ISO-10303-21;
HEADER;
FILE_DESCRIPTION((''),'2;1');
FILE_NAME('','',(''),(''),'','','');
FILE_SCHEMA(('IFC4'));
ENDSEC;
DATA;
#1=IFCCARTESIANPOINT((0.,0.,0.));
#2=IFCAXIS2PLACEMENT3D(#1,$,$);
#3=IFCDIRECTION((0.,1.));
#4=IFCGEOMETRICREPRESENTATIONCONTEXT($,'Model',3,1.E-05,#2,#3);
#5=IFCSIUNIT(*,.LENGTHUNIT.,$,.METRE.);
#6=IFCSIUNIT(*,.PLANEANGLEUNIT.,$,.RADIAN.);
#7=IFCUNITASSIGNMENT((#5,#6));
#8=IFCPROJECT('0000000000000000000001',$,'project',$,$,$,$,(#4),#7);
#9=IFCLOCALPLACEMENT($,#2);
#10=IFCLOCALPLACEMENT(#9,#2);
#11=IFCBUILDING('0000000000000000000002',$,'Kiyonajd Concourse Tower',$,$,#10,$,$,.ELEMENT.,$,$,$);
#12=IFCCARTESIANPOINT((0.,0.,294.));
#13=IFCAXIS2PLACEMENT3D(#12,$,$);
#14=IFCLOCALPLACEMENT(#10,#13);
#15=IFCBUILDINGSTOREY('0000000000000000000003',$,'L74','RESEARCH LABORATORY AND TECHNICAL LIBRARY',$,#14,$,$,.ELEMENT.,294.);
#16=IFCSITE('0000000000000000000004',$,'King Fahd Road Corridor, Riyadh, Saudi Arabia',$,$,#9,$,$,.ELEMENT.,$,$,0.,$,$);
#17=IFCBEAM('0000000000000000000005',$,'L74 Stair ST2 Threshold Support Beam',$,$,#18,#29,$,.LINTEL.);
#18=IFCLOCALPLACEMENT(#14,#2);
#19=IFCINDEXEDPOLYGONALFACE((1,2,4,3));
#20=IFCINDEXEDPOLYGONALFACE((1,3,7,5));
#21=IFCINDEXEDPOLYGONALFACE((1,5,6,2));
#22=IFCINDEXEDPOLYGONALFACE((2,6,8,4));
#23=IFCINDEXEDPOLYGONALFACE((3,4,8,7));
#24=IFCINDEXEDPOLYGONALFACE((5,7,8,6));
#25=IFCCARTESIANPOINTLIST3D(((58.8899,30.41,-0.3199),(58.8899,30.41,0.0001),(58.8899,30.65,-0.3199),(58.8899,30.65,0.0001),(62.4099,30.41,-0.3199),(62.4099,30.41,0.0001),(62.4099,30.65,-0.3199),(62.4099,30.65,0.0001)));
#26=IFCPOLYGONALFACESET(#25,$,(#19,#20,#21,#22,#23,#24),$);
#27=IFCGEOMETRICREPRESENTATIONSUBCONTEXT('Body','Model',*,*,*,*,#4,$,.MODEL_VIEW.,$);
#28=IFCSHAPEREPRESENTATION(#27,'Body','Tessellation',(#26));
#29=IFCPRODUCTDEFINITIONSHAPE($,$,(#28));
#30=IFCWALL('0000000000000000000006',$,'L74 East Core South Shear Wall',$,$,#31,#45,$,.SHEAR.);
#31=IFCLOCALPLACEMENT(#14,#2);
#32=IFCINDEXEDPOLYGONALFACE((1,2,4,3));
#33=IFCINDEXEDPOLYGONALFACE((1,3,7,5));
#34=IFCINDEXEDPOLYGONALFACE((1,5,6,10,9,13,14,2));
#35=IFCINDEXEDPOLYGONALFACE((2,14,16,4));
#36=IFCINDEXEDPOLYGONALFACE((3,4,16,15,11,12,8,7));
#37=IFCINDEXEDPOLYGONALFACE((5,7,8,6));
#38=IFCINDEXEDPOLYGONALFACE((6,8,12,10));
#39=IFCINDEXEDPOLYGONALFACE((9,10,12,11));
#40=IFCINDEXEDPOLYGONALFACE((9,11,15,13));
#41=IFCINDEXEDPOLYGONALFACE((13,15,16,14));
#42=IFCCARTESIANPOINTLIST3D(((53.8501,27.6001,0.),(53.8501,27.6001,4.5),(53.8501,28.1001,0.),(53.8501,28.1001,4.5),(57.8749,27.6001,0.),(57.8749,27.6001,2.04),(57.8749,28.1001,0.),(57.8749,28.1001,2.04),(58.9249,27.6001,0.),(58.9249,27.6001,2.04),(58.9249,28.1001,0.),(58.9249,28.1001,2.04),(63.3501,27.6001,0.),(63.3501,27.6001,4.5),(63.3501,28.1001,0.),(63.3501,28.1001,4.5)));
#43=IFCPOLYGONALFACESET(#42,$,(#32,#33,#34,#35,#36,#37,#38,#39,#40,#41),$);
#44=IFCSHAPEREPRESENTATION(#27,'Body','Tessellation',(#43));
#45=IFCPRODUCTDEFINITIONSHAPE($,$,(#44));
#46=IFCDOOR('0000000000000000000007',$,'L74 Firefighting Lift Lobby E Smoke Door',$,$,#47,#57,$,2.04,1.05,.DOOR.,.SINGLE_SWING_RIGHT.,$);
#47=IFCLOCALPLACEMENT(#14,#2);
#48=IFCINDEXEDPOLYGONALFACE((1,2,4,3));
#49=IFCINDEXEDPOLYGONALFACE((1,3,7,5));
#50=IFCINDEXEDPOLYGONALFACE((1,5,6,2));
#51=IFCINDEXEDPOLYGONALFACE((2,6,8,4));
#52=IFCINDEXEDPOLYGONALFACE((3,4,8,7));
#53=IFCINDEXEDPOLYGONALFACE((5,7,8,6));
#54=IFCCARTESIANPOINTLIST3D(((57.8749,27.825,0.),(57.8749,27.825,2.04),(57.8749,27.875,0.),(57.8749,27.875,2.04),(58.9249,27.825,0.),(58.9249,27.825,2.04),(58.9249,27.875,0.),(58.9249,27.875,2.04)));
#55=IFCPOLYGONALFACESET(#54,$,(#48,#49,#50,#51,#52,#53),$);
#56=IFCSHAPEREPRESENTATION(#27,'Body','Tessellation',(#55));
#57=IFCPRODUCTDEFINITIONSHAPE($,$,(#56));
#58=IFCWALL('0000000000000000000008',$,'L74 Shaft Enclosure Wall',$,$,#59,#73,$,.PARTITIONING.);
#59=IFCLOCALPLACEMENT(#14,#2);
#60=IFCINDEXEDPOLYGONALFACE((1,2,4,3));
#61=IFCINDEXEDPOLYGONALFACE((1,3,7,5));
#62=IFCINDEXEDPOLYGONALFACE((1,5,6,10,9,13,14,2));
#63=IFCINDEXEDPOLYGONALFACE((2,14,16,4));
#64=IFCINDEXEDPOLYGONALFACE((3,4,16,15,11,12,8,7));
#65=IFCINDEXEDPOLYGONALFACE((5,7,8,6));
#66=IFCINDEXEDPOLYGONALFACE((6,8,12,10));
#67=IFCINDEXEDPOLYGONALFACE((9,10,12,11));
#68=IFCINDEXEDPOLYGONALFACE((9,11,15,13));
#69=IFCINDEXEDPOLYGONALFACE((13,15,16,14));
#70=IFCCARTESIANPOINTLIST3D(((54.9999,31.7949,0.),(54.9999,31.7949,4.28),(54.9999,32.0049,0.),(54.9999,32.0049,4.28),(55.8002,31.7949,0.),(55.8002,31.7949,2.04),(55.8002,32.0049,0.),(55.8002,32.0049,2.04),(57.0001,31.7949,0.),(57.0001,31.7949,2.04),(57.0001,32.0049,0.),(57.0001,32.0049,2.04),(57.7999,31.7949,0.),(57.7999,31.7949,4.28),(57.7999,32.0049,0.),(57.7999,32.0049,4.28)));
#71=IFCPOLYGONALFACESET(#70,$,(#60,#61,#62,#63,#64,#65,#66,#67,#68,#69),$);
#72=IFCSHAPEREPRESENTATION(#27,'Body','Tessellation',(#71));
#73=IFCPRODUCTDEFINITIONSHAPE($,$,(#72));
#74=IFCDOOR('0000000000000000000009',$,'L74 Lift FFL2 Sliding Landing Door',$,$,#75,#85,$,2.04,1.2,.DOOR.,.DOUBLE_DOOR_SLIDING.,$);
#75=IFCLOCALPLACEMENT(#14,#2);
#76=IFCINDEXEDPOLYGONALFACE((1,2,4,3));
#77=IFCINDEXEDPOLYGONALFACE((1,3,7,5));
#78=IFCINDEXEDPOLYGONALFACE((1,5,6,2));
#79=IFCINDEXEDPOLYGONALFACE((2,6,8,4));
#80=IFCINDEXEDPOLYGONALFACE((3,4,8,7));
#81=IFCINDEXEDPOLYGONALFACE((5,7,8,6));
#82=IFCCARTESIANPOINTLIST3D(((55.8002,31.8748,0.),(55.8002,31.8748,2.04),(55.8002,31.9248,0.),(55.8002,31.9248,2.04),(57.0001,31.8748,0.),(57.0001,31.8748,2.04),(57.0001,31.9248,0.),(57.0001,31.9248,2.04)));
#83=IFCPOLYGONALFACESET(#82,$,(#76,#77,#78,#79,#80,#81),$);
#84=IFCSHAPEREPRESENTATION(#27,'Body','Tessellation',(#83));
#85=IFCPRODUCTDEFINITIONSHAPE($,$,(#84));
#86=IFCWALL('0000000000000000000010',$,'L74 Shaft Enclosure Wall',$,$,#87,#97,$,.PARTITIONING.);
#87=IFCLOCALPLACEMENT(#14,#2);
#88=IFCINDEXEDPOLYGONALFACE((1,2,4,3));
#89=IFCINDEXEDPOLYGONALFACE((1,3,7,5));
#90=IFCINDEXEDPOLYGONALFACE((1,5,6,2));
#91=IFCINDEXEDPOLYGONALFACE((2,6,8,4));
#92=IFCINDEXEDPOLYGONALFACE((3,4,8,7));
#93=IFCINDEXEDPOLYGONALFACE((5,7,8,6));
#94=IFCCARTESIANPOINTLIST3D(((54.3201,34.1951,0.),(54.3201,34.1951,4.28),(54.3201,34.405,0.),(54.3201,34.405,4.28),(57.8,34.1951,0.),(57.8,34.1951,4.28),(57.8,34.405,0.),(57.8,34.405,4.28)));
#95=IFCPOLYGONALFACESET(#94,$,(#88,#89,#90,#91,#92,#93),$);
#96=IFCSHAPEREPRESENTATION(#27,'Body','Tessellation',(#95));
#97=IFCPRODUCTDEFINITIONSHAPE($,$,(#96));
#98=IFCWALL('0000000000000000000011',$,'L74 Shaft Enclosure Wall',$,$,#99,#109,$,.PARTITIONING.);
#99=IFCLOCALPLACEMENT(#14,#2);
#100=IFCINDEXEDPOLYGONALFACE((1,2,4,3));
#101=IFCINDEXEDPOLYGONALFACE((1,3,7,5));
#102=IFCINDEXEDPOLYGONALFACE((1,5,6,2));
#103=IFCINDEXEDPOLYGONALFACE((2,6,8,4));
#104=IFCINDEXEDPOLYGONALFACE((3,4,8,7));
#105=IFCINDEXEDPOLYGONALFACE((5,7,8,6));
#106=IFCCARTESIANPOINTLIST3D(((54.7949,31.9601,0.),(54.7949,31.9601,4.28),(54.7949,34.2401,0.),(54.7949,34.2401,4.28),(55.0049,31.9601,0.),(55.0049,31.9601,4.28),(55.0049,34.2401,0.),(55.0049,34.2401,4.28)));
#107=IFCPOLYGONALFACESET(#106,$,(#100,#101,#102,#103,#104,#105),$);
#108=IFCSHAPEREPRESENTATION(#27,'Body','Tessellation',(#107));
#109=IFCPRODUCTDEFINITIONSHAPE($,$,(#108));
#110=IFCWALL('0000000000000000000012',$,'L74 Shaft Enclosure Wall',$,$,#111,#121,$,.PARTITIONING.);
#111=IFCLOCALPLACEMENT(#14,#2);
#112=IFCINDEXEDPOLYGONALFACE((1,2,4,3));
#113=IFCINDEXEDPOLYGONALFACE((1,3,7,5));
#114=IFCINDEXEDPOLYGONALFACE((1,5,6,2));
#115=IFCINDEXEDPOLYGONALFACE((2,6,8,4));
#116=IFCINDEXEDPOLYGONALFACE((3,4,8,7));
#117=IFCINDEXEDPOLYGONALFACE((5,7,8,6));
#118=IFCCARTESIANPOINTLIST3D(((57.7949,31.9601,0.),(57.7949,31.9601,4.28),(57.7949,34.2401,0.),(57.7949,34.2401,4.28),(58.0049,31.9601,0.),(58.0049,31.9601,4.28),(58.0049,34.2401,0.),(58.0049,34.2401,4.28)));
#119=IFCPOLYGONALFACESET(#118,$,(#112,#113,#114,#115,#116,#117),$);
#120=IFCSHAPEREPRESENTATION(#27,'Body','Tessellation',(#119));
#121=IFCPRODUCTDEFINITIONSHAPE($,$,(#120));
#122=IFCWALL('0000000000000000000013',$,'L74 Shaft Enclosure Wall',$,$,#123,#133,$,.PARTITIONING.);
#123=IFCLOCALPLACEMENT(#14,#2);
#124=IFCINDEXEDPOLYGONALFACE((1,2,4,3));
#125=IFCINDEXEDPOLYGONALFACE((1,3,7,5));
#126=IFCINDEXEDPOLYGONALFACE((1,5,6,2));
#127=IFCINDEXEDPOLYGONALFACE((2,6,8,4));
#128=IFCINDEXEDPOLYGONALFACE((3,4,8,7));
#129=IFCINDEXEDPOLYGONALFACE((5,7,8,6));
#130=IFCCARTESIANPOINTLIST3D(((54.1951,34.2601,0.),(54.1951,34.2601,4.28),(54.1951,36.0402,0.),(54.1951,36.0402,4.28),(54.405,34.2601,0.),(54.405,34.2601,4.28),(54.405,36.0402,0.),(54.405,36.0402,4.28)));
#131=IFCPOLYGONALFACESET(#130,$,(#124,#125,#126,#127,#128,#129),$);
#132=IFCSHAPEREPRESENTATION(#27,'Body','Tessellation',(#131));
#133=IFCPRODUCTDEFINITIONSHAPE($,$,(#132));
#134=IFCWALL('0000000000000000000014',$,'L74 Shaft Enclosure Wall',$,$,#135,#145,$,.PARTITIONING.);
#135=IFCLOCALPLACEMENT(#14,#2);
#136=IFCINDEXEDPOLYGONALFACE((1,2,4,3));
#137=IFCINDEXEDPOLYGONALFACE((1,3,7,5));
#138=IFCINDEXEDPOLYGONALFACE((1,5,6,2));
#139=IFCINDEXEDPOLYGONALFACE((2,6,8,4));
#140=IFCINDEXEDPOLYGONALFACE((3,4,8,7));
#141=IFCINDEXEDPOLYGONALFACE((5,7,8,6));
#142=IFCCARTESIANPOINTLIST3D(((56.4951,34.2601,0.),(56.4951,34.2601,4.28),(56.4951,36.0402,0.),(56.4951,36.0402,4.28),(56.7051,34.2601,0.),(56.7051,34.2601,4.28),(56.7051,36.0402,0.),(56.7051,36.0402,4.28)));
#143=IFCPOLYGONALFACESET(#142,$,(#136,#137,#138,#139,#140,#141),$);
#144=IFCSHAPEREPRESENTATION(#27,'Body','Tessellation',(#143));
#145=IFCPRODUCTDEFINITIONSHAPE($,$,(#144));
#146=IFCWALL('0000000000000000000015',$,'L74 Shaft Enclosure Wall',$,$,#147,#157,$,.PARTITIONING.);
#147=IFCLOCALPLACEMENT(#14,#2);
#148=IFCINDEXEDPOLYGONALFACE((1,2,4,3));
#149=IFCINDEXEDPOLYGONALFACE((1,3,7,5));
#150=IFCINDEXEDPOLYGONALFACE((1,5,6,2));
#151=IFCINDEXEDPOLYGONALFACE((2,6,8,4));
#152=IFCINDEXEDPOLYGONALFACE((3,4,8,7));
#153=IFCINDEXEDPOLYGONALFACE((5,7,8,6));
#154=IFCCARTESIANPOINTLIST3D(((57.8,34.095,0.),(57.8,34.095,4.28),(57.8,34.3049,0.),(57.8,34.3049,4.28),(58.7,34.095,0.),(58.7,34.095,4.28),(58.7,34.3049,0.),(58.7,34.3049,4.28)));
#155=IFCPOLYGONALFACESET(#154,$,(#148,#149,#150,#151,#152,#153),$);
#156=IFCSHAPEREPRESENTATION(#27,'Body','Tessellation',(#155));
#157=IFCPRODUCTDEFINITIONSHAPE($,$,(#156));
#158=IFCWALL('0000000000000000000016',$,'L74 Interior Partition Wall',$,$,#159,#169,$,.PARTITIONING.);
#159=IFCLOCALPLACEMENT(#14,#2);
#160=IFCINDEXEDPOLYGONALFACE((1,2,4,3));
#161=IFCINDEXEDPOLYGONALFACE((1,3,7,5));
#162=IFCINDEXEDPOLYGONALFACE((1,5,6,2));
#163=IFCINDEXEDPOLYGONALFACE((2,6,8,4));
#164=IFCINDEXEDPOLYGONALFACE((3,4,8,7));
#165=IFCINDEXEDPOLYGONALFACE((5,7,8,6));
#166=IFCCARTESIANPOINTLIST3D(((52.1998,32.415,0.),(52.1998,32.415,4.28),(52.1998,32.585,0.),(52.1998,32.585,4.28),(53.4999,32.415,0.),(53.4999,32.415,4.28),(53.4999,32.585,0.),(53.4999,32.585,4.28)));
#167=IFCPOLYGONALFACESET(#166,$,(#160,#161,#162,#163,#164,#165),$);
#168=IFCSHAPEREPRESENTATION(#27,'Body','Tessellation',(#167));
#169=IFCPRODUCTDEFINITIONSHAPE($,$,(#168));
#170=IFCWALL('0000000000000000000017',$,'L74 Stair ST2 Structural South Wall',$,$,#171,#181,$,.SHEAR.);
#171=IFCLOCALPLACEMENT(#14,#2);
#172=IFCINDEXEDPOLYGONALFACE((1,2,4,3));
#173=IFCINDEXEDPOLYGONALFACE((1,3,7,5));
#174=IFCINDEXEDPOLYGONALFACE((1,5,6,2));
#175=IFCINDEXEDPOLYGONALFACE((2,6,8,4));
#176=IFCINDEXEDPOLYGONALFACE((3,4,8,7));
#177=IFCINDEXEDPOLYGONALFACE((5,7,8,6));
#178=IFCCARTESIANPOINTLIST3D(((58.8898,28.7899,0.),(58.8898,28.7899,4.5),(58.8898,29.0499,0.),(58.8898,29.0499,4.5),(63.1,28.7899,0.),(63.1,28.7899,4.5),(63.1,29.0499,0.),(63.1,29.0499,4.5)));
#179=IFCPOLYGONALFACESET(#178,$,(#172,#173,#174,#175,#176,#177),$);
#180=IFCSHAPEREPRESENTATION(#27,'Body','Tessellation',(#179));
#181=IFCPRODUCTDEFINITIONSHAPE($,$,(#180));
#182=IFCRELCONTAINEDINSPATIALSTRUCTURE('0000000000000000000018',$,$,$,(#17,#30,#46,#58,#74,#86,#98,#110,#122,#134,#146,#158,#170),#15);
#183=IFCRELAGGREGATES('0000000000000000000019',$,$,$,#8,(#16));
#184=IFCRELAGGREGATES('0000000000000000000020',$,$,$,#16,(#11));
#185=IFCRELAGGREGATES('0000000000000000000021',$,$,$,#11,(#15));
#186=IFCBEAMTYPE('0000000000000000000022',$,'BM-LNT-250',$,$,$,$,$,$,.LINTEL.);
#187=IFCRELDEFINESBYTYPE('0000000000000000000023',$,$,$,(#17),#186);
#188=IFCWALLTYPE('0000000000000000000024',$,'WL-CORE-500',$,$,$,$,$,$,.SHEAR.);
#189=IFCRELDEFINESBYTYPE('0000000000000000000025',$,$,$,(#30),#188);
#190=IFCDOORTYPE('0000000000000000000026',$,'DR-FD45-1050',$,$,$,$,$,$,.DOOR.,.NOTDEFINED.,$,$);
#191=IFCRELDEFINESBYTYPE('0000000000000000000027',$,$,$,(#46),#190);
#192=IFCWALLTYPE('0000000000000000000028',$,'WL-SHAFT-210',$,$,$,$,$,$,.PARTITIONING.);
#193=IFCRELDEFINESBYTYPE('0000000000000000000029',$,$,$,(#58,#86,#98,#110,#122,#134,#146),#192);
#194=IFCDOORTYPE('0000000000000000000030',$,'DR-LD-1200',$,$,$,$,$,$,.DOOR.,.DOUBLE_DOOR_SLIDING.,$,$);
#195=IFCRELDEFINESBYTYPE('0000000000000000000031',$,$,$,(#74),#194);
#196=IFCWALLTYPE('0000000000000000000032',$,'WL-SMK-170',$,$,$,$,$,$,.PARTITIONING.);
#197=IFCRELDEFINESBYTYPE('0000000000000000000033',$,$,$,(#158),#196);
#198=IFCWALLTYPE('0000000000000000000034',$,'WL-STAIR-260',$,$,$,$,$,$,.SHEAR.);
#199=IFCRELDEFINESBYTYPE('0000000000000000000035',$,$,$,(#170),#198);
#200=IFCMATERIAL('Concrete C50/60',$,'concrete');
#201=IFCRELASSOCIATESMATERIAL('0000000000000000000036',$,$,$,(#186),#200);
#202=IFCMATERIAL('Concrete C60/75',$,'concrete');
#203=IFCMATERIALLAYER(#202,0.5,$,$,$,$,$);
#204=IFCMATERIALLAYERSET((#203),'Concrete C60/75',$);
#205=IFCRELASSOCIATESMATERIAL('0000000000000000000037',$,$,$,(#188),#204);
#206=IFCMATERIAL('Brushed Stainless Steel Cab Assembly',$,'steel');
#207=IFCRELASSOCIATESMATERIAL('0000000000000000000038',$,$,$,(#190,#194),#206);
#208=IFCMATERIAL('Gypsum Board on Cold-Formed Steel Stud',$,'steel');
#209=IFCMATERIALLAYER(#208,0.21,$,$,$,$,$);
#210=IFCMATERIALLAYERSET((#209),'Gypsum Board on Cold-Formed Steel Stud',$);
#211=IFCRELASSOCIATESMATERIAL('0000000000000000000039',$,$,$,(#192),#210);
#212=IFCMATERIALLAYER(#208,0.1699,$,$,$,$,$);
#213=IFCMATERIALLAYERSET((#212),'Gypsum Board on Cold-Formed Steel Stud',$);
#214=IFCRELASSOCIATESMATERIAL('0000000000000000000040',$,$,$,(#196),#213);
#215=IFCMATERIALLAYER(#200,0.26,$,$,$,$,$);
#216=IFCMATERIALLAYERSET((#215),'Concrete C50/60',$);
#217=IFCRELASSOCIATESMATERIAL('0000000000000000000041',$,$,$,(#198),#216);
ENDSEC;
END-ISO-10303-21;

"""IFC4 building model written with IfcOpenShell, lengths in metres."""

from ifc_helpers import new_model, si_unit, direction, frame, frame_2d, origin, origin_2d, place, context, subcontext, project, spatial, rectangle, extrude, material, layer, layer_set, material_profile, profile_set, type_object, element, fill, save


model = new_model("IFC4")

# Units and contexts
model_context = context("Model", 3, precision=1e-05, world=origin(), true_north=direction((0.0, 1.0)))
body_context = subcontext(model_context, "Body", "Model", "MODEL_VIEW")
ifc_project = project(units=[si_unit("LENGTHUNIT", "METRE"), si_unit("PLANEANGLEUNIT", "RADIAN")], contexts=[model_context])

# Site, building, storey
site_placement = place(None, origin())
site = spatial("IfcSite", under=ifc_project, at=site_placement, Name="King Fahd Road Corridor, Riyadh, Saudi Arabia", CompositionType="ELEMENT", RefElevation=0.0)
building_placement = place(site_placement, origin())
building = spatial("IfcBuilding", under=site, at=building_placement, Name="Kiyonajd Concourse Tower", CompositionType="ELEMENT")
storey_placement = place(building_placement, frame((0.0, 0.0, 294.0)))
storey = spatial("IfcBuildingStorey", under=building, at=storey_placement, Name="L74", Description="RESEARCH LABORATORY AND TECHNICAL LIBRARY", CompositionType="ELEMENT", Elevation=294.0)

# Beam
ifc_material_1 = material(Name="Concrete C50/60", Category="concrete")
ifc_material_profile = material_profile(ifc_material_1, rectangle(XDim=0.24, YDim=0.3201, at=origin_2d()), Name="RCBM-240x320")
ifc_profile_set = profile_set([ifc_material_profile], Name="Concrete C50/60")
beam_type = type_object("IfcBeamType", Name="BM-LNT-250", PredefinedType="LINTEL", material=ifc_profile_set)
beam_placement = place(storey_placement, frame((58.8899, 30.53, -0.1599), z_axis=(1.0, 0.0, 0.0), x_axis=(0.0, 1.0, 0.0)))
element("IfcBeam", 1, at=beam_placement, inside=storey, type_object=beam_type, Name="L74 Stair ST2 Threshold Support Beam", PredefinedType="LINTEL", context=body_context, shape_type="SweptSolid", body=[
    extrude(rectangle(XDim=0.24, YDim=0.3201, at=origin_2d()), origin(), (0.0, 0.0, 1.0), 3.52),
])

# Walls, openings, doors
ifc_material_2 = material(Name="Concrete C60/75", Category="concrete")
ifc_layer_1 = layer(ifc_material_2, 0.5)
ifc_layer_set_1 = layer_set([ifc_layer_1], Name="Concrete C60/75")
wall_type_1 = type_object("IfcWallType", Name="WL-CORE-500", PredefinedType="SHEAR", material=ifc_layer_set_1)
wall_1_placement = place(storey_placement, frame((53.8501, 27.8501, 0.0), z_axis=(0.0, 0.0, 1.0), x_axis=(1.0, 0.0, 0.0)))
wall_1 = element("IfcWall", 2, at=wall_1_placement, inside=storey, type_object=wall_type_1, Name="L74 East Core South Shear Wall", PredefinedType="SHEAR", context=body_context, shape_type="SweptSolid", body=[
    extrude(rectangle(XDim=9.5, YDim=0.5, at=frame_2d((4.75, 0.0))), origin(), (0.0, 0.0, 1.0), 4.5),
])
opening_1_placement = place(wall_1_placement, frame((4.0249, 0.0, 0.0)))
opening_1 = element("IfcOpeningElement", 3, at=opening_1_placement, cuts=wall_1, PredefinedType="OPENING", context=body_context, shape_type="SweptSolid", body=[
    extrude(rectangle(XDim=1.05, YDim=2.04, at=frame_2d((0.5249, 1.02))), frame((0.0, 0.26, 0.0), z_axis=(0.0, -1.0, 0.0), x_axis=(1.0, 0.0, 0.0)), (0.0, 0.0, 1.0), 0.52),
])
ifc_material_3 = material(Name="Brushed Stainless Steel Cab Assembly", Category="steel")
door_type_1 = type_object("IfcDoorType", Name="DR-FD45-1050", OperationType="NOTDEFINED", PredefinedType="DOOR", material=ifc_material_3)
door_1_placement = place(opening_1_placement, origin())
door_1 = element("IfcDoor", 4, at=door_1_placement, inside=storey, type_object=door_type_1, Name="L74 Firefighting Lift Lobby E Smoke Door", OperationType="SINGLE_SWING_RIGHT", OverallHeight=2.04, OverallWidth=1.05, PredefinedType="DOOR", context=body_context, shape_type="SweptSolid", body=[
    extrude(rectangle(XDim=1.05, YDim=2.04, at=frame_2d((0.5249, 1.02))), frame((0.0, 0.0249, 0.0), z_axis=(0.0, -1.0, 0.0), x_axis=(1.0, 0.0, 0.0)), (0.0, 0.0, 1.0), 0.05),
])
fill(opening_1, door_1)
ifc_material_4 = material(Name="Gypsum Board on Cold-Formed Steel Stud", Category="steel")
ifc_layer_2 = layer(ifc_material_4, 0.21)
ifc_layer_set_2 = layer_set([ifc_layer_2], Name="Gypsum Board on Cold-Formed Steel Stud")
wall_type_2 = type_object("IfcWallType", Name="WL-SHAFT-210", PredefinedType="PARTITIONING", material=ifc_layer_set_2)
wall_2_placement = place(storey_placement, frame((55.0, 31.8999, 0.0), z_axis=(0.0, 0.0, 1.0), x_axis=(1.0, 0.0, 0.0)))
wall_2 = element("IfcWall", 5, at=wall_2_placement, inside=storey, type_object=wall_type_2, Name="L74 Shaft Enclosure Wall", PredefinedType="PARTITIONING", context=body_context, shape_type="SweptSolid", body=[
    extrude(rectangle(XDim=2.8, YDim=0.21, at=frame_2d((1.3999, 0.0))), origin(), (0.0, 0.0, 1.0), 4.28),
])
opening_2_placement = place(wall_2_placement, frame((0.8, 0.0, 0.0)))
opening_2 = element("IfcOpeningElement", 6, at=opening_2_placement, cuts=wall_2, PredefinedType="OPENING", context=body_context, shape_type="SweptSolid", body=[
    extrude(rectangle(XDim=1.2, YDim=2.04, at=frame_2d((0.6001, 1.02))), frame((0.0, 0.115, 0.0), z_axis=(0.0, -1.0, 0.0), x_axis=(1.0, 0.0, 0.0)), (0.0, 0.0, 1.0), 0.23),
])
door_type_2 = type_object("IfcDoorType", Name="DR-LD-1200", OperationType="DOUBLE_DOOR_SLIDING", PredefinedType="DOOR", material=ifc_material_3)
door_2_placement = place(opening_2_placement, origin())
door_2 = element("IfcDoor", 7, at=door_2_placement, inside=storey, type_object=door_type_2, Name="L74 Lift FFL2 Sliding Landing Door", OperationType="DOUBLE_DOOR_SLIDING", OverallHeight=2.04, OverallWidth=1.2, PredefinedType="DOOR", context=body_context, shape_type="SweptSolid", body=[
    extrude(rectangle(XDim=1.2, YDim=2.04, at=frame_2d((0.6001, 1.02))), frame((0.0, 0.0249, 0.0), z_axis=(0.0, -1.0, 0.0), x_axis=(1.0, 0.0, 0.0)), (0.0, 0.0, 1.0), 0.05),
])
fill(opening_2, door_2)

# Walls
wall_3_placement = place(storey_placement, frame((54.3201, 34.3, 0.0), z_axis=(0.0, 0.0, 1.0), x_axis=(1.0, 0.0, 0.0)))
element("IfcWall", 8, at=wall_3_placement, inside=storey, type_object=wall_type_2, Name="L74 Shaft Enclosure Wall", PredefinedType="PARTITIONING", context=body_context, shape_type="SweptSolid", body=[
    extrude(rectangle(XDim=3.48, YDim=0.21, at=frame_2d((1.74, 0.0))), origin(), (0.0, 0.0, 1.0), 4.28),
])
for number, where, z_axis, x_axis, name in (
    (9, (54.8999, 31.96, 0.0), (0.0, 0.0, 1.0), (0.0, 1.0, 0.0), "L74 Shaft Enclosure Wall"),
    (10, (57.8999, 31.96, 0.0), (0.0, 0.0, 1.0), (0.0, 1.0, 0.0), "L74 Shaft Enclosure Wall"),
):
    element("IfcWall", number, at=place(storey_placement, frame(where, z_axis=z_axis, x_axis=x_axis)), inside=storey, type_object=wall_type_2, Name=name, PredefinedType="PARTITIONING", context=body_context, shape_type="SweptSolid", body=[
        extrude(rectangle(XDim=2.28, YDim=0.21, at=frame_2d((1.1401, 0.0))), origin(), (0.0, 0.0, 1.0), 4.28),
    ])
for number, where, z_axis, x_axis, name in (
    (11, (54.3, 34.26, 0.0), (0.0, 0.0, 1.0), (0.0, 1.0, 0.0), "L74 Shaft Enclosure Wall"),
    (12, (56.6001, 34.26, 0.0), (0.0, 0.0, 1.0), (0.0, 1.0, 0.0), "L74 Shaft Enclosure Wall"),
):
    element("IfcWall", number, at=place(storey_placement, frame(where, z_axis=z_axis, x_axis=x_axis)), inside=storey, type_object=wall_type_2, Name=name, PredefinedType="PARTITIONING", context=body_context, shape_type="SweptSolid", body=[
        extrude(rectangle(XDim=1.78, YDim=0.21, at=frame_2d((0.8901, 0.0))), origin(), (0.0, 0.0, 1.0), 4.28),
    ])
wall_4_placement = place(storey_placement, frame((57.8, 34.2, 0.0), z_axis=(0.0, 0.0, 1.0), x_axis=(1.0, 0.0, 0.0)))
element("IfcWall", 13, at=wall_4_placement, inside=storey, type_object=wall_type_2, Name="L74 Shaft Enclosure Wall", PredefinedType="PARTITIONING", context=body_context, shape_type="SweptSolid", body=[
    extrude(rectangle(XDim=0.8999, YDim=0.21, at=frame_2d((0.45, 0.0))), origin(), (0.0, 0.0, 1.0), 4.28),
])
ifc_layer_3 = layer(ifc_material_4, 0.1699)
ifc_layer_set_3 = layer_set([ifc_layer_3], Name="Gypsum Board on Cold-Formed Steel Stud")
wall_type_3 = type_object("IfcWallType", Name="WL-SMK-170", PredefinedType="PARTITIONING", material=ifc_layer_set_3)
wall_5_placement = place(storey_placement, frame((52.2, 32.5, 0.0), z_axis=(0.0, 0.0, 1.0), x_axis=(1.0, 0.0, 0.0)))
element("IfcWall", 14, at=wall_5_placement, inside=storey, type_object=wall_type_3, Name="L74 Interior Partition Wall", PredefinedType="PARTITIONING", context=body_context, shape_type="SweptSolid", body=[
    extrude(rectangle(XDim=1.3, YDim=0.1699, at=frame_2d((0.6499, 0.0))), origin(), (0.0, 0.0, 1.0), 4.28),
])
ifc_layer_4 = layer(ifc_material_1, 0.26)
ifc_layer_set_4 = layer_set([ifc_layer_4], Name="Concrete C50/60")
wall_type_4 = type_object("IfcWallType", Name="WL-STAIR-260", PredefinedType="SHEAR", material=ifc_layer_set_4)
wall_6_placement = place(storey_placement, frame((58.8899, 28.9199, 0.0), z_axis=(0.0, 0.0, 1.0), x_axis=(1.0, 0.0, 0.0)))
element("IfcWall", 15, at=wall_6_placement, inside=storey, type_object=wall_type_4, Name="L74 Stair ST2 Structural South Wall", PredefinedType="SHEAR", context=body_context, shape_type="SweptSolid", body=[
    extrude(rectangle(XDim=4.2102, YDim=0.26, at=frame_2d((2.105, 0.0))), origin(), (0.0, 0.0, 1.0), 4.5),
])

save(model, "model.ifc")
